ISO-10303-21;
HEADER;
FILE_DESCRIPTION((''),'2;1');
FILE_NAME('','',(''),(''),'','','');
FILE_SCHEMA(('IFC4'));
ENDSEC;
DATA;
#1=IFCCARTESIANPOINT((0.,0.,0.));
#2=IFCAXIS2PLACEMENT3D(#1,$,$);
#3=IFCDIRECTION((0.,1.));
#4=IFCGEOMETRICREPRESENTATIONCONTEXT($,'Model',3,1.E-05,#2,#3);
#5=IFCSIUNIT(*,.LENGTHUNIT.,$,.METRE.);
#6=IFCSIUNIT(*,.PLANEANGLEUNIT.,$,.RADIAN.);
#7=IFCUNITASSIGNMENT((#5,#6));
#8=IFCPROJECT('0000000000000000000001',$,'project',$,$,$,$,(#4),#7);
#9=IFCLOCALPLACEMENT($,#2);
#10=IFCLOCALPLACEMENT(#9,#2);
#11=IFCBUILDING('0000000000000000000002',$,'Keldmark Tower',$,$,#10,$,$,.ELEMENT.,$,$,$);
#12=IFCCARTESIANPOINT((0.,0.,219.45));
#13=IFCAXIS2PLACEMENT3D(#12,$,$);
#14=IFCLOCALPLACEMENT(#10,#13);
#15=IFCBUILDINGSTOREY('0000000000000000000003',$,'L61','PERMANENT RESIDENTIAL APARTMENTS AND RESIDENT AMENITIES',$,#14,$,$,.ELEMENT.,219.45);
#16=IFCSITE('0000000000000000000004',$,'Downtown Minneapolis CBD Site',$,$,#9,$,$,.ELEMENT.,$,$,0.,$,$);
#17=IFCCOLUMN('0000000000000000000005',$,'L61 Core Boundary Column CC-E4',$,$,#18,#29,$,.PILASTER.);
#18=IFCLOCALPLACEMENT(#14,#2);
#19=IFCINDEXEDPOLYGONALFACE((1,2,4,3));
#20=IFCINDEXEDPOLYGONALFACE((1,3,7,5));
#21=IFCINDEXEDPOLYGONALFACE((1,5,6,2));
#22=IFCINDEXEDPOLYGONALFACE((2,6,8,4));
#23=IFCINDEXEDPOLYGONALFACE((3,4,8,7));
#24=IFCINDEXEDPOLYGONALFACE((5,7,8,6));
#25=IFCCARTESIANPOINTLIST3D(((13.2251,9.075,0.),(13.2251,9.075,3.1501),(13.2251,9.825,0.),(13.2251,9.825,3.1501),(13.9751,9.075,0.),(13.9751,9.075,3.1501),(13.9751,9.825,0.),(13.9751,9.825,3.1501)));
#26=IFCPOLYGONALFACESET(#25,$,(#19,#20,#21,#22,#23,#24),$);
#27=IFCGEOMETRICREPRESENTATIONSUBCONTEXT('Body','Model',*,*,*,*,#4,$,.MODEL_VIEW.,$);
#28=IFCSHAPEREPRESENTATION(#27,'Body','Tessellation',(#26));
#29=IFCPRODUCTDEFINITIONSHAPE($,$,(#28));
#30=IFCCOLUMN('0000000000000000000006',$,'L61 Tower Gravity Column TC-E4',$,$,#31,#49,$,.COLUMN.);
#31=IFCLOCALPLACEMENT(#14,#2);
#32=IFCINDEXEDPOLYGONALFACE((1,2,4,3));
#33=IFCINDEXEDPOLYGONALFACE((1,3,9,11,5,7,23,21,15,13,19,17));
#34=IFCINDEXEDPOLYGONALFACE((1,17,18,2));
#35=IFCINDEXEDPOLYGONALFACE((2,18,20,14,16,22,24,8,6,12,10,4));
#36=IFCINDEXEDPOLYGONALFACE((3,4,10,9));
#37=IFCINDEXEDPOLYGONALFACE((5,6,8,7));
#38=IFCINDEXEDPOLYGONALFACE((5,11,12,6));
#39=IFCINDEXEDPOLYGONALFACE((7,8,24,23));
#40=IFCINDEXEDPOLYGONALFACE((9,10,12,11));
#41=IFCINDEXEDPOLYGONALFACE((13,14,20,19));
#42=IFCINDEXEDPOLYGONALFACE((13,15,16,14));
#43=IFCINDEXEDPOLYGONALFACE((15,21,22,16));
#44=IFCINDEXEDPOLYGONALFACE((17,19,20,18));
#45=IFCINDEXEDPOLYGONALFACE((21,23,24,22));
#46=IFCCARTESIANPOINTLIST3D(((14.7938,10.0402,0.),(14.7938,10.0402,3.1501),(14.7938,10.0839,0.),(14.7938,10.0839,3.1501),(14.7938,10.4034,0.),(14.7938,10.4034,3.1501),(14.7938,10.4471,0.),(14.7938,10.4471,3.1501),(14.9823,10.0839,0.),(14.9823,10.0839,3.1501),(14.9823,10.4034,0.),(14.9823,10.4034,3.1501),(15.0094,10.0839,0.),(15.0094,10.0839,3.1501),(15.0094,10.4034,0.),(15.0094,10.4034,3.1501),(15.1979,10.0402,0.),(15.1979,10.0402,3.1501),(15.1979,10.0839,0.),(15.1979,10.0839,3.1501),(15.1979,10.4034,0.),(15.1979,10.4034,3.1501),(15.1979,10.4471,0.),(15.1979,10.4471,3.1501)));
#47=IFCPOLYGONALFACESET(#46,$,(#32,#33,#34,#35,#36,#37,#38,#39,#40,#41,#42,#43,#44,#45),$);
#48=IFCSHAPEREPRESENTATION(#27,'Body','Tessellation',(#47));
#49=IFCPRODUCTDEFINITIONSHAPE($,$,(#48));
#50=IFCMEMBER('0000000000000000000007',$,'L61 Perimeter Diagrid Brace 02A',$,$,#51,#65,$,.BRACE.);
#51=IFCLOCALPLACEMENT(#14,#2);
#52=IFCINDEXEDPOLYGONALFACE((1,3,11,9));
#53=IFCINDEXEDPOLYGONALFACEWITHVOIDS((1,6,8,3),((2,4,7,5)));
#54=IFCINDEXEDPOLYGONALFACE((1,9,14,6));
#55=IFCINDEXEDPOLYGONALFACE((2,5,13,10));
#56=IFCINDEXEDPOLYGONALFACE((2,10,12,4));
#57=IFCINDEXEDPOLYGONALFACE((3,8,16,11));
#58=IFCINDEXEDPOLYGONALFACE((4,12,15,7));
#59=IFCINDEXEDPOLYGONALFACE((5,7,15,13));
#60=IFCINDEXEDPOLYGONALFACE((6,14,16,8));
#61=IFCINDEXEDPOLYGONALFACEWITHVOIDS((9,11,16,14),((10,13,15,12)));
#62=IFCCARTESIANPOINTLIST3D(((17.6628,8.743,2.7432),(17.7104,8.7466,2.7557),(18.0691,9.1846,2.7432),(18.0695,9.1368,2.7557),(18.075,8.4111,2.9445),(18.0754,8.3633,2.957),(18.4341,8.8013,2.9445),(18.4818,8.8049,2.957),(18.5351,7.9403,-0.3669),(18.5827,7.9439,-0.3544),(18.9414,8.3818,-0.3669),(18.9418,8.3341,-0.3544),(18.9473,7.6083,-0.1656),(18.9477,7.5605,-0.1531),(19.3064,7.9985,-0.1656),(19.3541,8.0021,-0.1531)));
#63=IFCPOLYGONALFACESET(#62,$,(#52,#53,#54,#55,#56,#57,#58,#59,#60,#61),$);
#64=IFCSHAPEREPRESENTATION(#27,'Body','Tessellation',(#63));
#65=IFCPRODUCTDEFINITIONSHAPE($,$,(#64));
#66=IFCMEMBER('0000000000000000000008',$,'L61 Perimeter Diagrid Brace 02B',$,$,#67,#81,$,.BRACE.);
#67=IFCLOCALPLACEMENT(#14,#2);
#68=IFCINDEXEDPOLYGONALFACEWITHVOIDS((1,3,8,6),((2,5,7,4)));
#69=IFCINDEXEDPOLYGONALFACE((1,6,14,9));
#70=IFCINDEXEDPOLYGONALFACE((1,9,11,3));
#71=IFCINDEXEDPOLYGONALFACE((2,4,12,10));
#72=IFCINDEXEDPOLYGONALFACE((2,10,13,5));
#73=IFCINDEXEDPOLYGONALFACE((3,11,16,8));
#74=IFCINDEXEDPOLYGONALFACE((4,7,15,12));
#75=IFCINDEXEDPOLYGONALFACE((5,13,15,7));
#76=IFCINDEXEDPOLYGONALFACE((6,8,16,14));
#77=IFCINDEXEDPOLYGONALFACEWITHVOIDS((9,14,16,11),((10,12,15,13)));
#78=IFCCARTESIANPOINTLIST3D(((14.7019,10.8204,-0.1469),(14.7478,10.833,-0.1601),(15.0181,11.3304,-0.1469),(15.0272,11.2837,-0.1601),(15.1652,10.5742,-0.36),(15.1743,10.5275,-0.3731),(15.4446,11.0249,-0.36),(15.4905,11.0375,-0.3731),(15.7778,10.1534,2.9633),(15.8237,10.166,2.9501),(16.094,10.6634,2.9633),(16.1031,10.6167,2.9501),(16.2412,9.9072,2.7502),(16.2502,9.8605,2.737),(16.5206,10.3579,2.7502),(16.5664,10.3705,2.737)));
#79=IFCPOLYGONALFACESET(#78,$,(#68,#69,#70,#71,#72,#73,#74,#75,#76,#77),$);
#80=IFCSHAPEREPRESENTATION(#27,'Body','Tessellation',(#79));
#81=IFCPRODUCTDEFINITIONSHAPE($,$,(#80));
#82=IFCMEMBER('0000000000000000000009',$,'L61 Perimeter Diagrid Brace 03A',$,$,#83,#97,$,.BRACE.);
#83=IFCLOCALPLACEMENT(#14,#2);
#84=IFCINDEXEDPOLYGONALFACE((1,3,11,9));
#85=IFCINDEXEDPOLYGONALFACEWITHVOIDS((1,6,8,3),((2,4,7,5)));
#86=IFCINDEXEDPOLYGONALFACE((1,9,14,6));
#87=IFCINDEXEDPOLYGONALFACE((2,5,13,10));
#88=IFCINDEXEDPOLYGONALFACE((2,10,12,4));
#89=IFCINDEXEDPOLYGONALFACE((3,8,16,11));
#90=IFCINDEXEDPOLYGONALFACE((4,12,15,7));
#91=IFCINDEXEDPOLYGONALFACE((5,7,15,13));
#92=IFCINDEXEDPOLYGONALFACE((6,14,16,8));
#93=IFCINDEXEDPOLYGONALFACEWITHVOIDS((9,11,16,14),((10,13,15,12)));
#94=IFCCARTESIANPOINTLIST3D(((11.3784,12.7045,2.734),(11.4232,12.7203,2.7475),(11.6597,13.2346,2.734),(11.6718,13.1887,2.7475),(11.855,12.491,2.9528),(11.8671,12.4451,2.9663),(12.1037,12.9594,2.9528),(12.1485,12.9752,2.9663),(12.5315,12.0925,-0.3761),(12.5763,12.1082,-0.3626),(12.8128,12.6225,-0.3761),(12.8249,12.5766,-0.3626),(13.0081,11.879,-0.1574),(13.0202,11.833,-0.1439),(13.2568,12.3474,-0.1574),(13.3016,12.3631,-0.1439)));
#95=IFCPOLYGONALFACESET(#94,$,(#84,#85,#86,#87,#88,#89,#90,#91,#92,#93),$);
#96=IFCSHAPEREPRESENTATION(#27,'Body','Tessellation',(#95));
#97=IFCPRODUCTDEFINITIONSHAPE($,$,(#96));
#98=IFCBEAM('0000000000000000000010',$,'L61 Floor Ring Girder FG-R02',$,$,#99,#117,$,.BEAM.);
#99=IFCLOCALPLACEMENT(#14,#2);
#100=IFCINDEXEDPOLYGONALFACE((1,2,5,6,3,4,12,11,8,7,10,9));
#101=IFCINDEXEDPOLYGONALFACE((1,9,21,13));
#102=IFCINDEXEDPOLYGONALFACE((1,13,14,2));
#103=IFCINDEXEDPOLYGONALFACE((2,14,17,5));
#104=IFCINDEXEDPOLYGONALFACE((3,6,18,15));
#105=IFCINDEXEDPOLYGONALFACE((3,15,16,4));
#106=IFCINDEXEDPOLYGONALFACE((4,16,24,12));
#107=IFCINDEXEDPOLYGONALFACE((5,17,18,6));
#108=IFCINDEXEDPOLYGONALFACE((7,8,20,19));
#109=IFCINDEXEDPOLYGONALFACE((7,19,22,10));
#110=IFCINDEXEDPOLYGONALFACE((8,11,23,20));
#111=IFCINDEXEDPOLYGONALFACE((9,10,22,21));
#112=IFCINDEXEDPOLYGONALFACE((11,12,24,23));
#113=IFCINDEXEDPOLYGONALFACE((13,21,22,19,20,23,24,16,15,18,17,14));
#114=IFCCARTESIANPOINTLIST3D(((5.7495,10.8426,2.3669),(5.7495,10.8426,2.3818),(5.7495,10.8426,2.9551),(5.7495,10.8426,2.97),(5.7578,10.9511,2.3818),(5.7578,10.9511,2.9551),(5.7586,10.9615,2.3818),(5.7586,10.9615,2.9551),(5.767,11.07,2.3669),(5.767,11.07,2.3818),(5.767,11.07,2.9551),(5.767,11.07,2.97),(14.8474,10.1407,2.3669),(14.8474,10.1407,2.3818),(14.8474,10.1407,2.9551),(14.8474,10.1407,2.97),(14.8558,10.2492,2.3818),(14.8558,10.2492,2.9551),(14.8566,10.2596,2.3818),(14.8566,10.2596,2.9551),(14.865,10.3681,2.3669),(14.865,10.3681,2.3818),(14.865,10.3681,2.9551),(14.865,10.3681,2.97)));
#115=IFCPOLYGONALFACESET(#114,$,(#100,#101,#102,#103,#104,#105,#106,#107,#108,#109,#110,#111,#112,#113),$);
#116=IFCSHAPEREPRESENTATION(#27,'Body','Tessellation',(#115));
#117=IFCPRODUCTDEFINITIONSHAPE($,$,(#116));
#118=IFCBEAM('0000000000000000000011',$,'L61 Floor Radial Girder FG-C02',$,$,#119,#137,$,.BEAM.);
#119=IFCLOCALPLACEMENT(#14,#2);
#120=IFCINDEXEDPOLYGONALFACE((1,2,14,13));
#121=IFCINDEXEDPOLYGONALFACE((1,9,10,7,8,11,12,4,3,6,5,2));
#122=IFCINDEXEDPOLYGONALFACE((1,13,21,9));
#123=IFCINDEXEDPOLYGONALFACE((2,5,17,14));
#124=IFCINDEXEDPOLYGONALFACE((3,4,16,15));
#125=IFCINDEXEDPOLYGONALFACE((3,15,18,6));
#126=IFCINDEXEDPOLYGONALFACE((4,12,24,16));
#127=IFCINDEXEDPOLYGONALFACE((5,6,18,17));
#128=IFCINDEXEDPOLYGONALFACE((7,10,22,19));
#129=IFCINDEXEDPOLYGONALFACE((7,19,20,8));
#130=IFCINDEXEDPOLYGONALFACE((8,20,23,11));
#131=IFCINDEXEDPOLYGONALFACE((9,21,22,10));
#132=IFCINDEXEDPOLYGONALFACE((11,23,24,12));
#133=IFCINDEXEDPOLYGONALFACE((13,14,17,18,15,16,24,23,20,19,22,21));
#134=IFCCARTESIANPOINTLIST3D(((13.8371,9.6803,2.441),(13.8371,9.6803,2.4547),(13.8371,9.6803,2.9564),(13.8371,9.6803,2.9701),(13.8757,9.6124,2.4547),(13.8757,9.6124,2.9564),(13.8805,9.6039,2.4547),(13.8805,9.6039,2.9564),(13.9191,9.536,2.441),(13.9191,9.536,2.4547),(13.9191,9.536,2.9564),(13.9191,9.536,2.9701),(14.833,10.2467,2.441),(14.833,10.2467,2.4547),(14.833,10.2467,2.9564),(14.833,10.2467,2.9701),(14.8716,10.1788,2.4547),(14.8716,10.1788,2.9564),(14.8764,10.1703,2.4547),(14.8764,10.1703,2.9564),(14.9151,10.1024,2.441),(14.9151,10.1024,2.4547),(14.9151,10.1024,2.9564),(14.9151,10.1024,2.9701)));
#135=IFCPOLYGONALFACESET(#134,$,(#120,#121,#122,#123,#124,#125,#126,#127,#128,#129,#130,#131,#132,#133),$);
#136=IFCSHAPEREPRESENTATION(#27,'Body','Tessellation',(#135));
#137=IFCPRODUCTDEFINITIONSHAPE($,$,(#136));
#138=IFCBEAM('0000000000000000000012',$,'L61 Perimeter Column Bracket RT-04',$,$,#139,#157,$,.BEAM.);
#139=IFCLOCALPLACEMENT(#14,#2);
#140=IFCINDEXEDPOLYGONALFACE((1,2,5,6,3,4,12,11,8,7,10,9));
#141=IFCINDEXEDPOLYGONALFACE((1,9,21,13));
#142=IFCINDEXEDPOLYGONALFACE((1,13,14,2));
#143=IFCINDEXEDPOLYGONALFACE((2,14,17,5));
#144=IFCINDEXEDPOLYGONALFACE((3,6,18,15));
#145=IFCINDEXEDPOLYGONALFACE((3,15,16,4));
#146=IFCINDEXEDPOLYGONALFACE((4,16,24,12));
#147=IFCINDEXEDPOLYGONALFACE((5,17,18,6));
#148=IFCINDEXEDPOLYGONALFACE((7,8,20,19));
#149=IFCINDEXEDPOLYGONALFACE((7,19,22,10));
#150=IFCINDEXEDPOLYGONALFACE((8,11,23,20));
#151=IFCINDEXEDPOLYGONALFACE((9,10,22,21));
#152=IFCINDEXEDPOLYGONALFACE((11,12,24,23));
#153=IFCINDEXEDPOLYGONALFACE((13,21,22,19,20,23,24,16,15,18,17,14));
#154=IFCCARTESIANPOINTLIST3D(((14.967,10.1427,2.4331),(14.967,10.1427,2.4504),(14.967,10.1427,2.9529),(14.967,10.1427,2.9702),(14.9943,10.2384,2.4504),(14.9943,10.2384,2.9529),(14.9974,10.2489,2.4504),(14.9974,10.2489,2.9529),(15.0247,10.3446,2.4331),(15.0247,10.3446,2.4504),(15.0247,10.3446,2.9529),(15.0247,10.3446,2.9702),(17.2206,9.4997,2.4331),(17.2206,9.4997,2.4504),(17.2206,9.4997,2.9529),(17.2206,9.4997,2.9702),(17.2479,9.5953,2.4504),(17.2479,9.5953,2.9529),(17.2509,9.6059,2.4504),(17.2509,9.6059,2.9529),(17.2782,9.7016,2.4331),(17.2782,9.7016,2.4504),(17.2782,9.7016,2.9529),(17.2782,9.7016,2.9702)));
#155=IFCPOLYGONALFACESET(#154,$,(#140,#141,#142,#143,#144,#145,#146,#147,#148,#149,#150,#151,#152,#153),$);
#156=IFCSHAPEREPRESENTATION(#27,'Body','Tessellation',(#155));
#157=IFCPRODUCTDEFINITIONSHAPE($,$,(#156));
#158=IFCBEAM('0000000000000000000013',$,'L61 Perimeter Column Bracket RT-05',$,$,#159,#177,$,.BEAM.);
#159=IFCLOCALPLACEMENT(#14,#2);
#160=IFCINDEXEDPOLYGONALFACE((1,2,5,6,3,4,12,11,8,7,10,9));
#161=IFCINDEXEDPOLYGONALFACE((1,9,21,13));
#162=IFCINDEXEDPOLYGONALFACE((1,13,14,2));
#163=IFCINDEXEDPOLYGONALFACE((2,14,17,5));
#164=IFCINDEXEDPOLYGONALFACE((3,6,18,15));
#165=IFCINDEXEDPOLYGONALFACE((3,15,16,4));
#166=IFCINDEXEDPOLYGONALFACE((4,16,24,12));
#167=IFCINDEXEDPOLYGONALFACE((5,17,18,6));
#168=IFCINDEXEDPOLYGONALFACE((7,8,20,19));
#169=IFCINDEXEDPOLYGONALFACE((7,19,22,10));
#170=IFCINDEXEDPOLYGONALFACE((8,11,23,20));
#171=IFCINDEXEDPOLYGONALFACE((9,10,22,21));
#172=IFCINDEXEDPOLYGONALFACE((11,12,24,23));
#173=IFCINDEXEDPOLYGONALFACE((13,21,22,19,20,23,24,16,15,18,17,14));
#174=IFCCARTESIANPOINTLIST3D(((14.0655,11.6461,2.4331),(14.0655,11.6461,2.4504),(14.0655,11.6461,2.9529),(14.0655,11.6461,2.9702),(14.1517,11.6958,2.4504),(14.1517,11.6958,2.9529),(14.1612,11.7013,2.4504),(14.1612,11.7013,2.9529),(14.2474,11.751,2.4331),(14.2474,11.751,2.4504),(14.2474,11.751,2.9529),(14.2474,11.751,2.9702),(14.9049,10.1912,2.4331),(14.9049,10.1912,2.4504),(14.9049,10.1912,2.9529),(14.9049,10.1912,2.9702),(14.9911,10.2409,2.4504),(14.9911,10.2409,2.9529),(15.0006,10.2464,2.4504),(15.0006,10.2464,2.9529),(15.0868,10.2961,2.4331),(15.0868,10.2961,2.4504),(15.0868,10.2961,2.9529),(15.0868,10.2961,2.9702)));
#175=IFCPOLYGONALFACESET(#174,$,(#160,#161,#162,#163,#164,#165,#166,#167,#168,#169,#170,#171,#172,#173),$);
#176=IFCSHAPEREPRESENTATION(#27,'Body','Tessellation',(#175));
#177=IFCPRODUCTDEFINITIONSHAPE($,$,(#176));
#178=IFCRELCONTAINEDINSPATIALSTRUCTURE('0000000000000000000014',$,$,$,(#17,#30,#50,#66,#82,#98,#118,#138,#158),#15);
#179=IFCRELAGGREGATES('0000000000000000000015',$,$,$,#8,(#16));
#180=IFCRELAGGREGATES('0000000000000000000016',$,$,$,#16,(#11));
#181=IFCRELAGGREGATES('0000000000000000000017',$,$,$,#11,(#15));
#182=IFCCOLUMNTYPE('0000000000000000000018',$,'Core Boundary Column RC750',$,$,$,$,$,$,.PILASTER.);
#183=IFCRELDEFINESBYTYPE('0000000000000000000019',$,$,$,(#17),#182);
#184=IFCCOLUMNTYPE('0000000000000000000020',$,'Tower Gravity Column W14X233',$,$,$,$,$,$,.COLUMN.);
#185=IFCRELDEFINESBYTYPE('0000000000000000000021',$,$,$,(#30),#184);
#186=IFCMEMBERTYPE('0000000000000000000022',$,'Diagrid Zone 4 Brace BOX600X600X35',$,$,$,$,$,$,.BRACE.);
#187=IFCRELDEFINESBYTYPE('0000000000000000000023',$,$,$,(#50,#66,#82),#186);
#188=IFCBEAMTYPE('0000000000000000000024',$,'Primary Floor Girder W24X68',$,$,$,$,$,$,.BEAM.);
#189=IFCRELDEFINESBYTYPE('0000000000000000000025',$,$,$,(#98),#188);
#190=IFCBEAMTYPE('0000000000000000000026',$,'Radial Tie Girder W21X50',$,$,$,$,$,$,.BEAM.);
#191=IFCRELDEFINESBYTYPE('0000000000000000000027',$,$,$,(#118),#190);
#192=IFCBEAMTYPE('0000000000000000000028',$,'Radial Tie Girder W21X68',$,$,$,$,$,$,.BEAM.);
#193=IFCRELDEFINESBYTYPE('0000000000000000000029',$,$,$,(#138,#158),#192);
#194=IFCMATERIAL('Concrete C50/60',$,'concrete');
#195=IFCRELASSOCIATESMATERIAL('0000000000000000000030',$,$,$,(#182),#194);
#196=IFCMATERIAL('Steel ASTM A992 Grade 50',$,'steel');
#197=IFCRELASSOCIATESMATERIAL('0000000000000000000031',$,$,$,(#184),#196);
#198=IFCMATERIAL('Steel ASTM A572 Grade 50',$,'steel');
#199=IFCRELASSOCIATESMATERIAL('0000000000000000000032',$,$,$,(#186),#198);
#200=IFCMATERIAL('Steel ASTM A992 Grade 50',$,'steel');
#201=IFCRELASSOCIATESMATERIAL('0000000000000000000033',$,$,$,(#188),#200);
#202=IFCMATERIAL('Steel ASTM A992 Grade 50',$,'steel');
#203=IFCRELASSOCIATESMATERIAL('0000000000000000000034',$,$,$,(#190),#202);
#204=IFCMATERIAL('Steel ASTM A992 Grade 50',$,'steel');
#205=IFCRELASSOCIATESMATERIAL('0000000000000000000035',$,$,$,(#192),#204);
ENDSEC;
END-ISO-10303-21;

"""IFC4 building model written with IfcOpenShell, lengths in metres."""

from ifc_helpers import new_model, si_unit, direction, frame, origin, origin_2d, place, context, subcontext, project, spatial, rectangle, hollow_rectangle, i_section, extrude, material, material_profile, profile_set, type_object, element, save


model = new_model("IFC4")

# Units and contexts
model_context = context("Model", 3, precision=1e-05, world=origin(), true_north=direction((0.0, 1.0)))
body_context = subcontext(model_context, "Body", "Model", "MODEL_VIEW")
ifc_project = project(units=[si_unit("LENGTHUNIT", "METRE"), si_unit("PLANEANGLEUNIT", "RADIAN")], contexts=[model_context])

# Site, building, storey
site_placement = place(None, origin())
site = spatial("IfcSite", under=ifc_project, at=site_placement, Name="Downtown Minneapolis CBD Site", CompositionType="ELEMENT", RefElevation=0.0)
building_placement = place(site_placement, origin())
building = spatial("IfcBuilding", under=site, at=building_placement, Name="Keldmark Tower", CompositionType="ELEMENT")
storey_placement = place(building_placement, frame((0.0, 0.0, 219.45)))
storey = spatial("IfcBuildingStorey", under=building, at=storey_placement, Name="L61", Description="PERMANENT RESIDENTIAL APARTMENTS AND RESIDENT AMENITIES", CompositionType="ELEMENT", Elevation=219.45)

# Columns
ifc_material_1 = material(Name="Concrete C50/60", Category="concrete")
ifc_material_profile_1 = material_profile(ifc_material_1, rectangle(XDim=0.75, YDim=0.75, at=origin_2d()), Name="RC750X750")
ifc_profile_set_1 = profile_set([ifc_material_profile_1], Name="Concrete C50/60")
column_type_1 = type_object("IfcColumnType", Name="Core Boundary Column RC750", PredefinedType="PILASTER", material=ifc_profile_set_1)
column_1_placement = place(storey_placement, frame((13.6001, 9.45, 0.0), z_axis=(0.0, 0.0, 1.0), x_axis=(1.0, 0.0, 0.0)))
element("IfcColumn", 1, at=column_1_placement, inside=storey, type_object=column_type_1, Name="L61 Core Boundary Column CC-E4", PredefinedType="PILASTER", context=body_context, shape_type="SweptSolid", body=[
    extrude(rectangle(XDim=0.75, YDim=0.75, at=origin_2d()), origin(), (0.0, 0.0, 1.0), 3.1501),
])
ifc_material_2 = material(Name="Steel ASTM A992 Grade 50", Category="steel")
ifc_material_profile_2 = material_profile(ifc_material_2, i_section(OverallWidth=0.4041, OverallDepth=0.407, WebThickness=0.0271, FlangeThickness=0.0437, at=origin_2d()), Name="W14X233")
ifc_profile_set_2 = profile_set([ifc_material_profile_2], Name="Steel ASTM A992 Grade 50")
column_type_2 = type_object("IfcColumnType", Name="Tower Gravity Column W14X233", PredefinedType="COLUMN", material=ifc_profile_set_2)
column_2_placement = place(storey_placement, frame((14.9958, 10.2437, 0.0), z_axis=(0.0, 0.0, 1.0), x_axis=(1.0, 0.0, 0.0)))
element("IfcColumn", 2, at=column_2_placement, inside=storey, type_object=column_type_2, Name="L61 Tower Gravity Column TC-E4", PredefinedType="COLUMN", context=body_context, shape_type="SweptSolid", body=[
    extrude(i_section(OverallWidth=0.4041, OverallDepth=0.407, WebThickness=0.0271, FlangeThickness=0.0437, at=origin_2d()), origin(), (0.0, 0.0, 1.0), 3.1501),
])

# Members
ifc_material_3 = material(Name="Steel ASTM A572 Grade 50", Category="steel")
ifc_material_profile_3 = material_profile(ifc_material_3, hollow_rectangle(XDim=0.6001, YDim=0.6001, WallThickness=0.0349, at=origin_2d()), Name="BOX600X600X35")
ifc_profile_set_3 = profile_set([ifc_material_profile_3], Name="Steel ASTM A572 Grade 50")
member_type = type_object("IfcMemberType", Name="Diagrid Zone 4 Brace BOX600X600X35", PredefinedType="BRACE", material=ifc_profile_set_3)
member_1_placement = place(storey_placement, frame((18.9446, 7.9712, -0.26), z_axis=(-0.262084, 0.241179, 0.934422), x_axis=(-0.67715, -0.735845, 0.0)))
element("IfcMember", 3, at=member_1_placement, inside=storey, type_object=member_type, Name="L61 Perimeter Diagrid Brace 02A", PredefinedType="BRACE", context=body_context, shape_type="SweptSolid", body=[
    extrude(hollow_rectangle(XDim=0.6001, YDim=0.6001, WallThickness=0.0349, at=origin_2d()), origin(), (0.0, 0.0, 1.0), 3.3284),
])
member_2_placement = place(storey_placement, frame((15.0962, 10.929, -0.26), z_axis=(0.32042, -0.198636, 0.926215), x_axis=(0.526892, 0.849932, 0.0)))
element("IfcMember", 4, at=member_2_placement, inside=storey, type_object=member_type, Name="L61 Perimeter Diagrid Brace 02B", PredefinedType="BRACE", context=body_context, shape_type="SweptSolid", body=[
    extrude(hollow_rectangle(XDim=0.6001, YDim=0.6001, WallThickness=0.0349, at=origin_2d()), origin(), (0.0, 0.0, 1.0), 3.3579),
])
member_3_placement = place(storey_placement, frame((12.9165, 12.2278, -0.26), z_axis=(-0.341857, 0.18146, 0.922066), x_axis=(-0.46885, -0.883278, 0.0)))
element("IfcMember", 5, at=member_3_placement, inside=storey, type_object=member_type, Name="L61 Perimeter Diagrid Brace 03A", PredefinedType="BRACE", context=body_context, shape_type="SweptSolid", body=[
    extrude(hollow_rectangle(XDim=0.6001, YDim=0.6001, WallThickness=0.0349, at=origin_2d()), origin(), (0.0, 0.0, 1.0), 3.373),
])

# Beams
ifc_material_4 = material(Name="Steel ASTM A992 Grade 50", Category="steel")
ifc_material_profile_4 = material_profile(ifc_material_4, i_section(OverallWidth=0.228, OverallDepth=0.603, WebThickness=0.0105, FlangeThickness=0.0149, at=origin_2d()), Name="W24X68")
ifc_profile_set_4 = profile_set([ifc_material_profile_4], Name="Steel ASTM A992 Grade 50")
beam_type_1 = type_object("IfcBeamType", Name="Primary Floor Girder W24X68", PredefinedType="BEAM", material=ifc_profile_set_4)
beam_1_placement = place(storey_placement, frame((14.8562, 10.2544, 2.6685), z_axis=(-0.997037, 0.076922, 0.0), x_axis=(-0.076922, -0.997037, 0.0)))
element("IfcBeam", 6, at=beam_1_placement, inside=storey, type_object=beam_type_1, Name="L61 Floor Ring Girder FG-R02", PredefinedType="BEAM", context=body_context, shape_type="SweptSolid", body=[
    extrude(i_section(OverallWidth=0.228, OverallDepth=0.603, WebThickness=0.0105, FlangeThickness=0.0149, at=origin_2d()), origin(), (0.0, 0.0, 1.0), 9.125),
])
ifc_material_5 = material(Name="Steel ASTM A992 Grade 50", Category="steel")
ifc_material_profile_5 = material_profile(ifc_material_5, i_section(OverallWidth=0.166, OverallDepth=0.5291, WebThickness=0.0098, FlangeThickness=0.0137, at=origin_2d()), Name="W21X50")
ifc_profile_set_5 = profile_set([ifc_material_profile_5], Name="Steel ASTM A992 Grade 50")
beam_type_2 = type_object("IfcBeamType", Name="Radial Tie Girder W21X50", PredefinedType="BEAM", material=ifc_profile_set_5)
beam_2_placement = place(storey_placement, frame((14.874, 10.1746, 2.7056), z_axis=(-0.869238, -0.494394, 0.0), x_axis=(0.494394, -0.869238, 0.0)))
element("IfcBeam", 7, at=beam_2_placement, inside=storey, type_object=beam_type_2, Name="L61 Floor Radial Girder FG-C02", PredefinedType="BEAM", context=body_context, shape_type="SweptSolid", body=[
    extrude(i_section(OverallWidth=0.166, OverallDepth=0.5291, WebThickness=0.0098, FlangeThickness=0.0137, at=origin_2d()), origin(), (0.0, 0.0, 1.0), 1.1458),
])
ifc_material_6 = material(Name="Steel ASTM A992 Grade 50", Category="steel")
ifc_material_profile_6 = material_profile(ifc_material_6, i_section(OverallWidth=0.21, OverallDepth=0.5371, WebThickness=0.011, FlangeThickness=0.0173, at=origin_2d()), Name="W21X68")
ifc_profile_set_6 = profile_set([ifc_material_profile_6], Name="Steel ASTM A992 Grade 50")
beam_type_3 = type_object("IfcBeamType", Name="Radial Tie Girder W21X68", PredefinedType="BEAM", material=ifc_profile_set_6)
beam_3_placement = place(storey_placement, frame((14.9958, 10.2437, 2.7017), z_axis=(0.961618, -0.274391, 0.0), x_axis=(0.274391, 0.961618, 0.0)))
element("IfcBeam", 8, at=beam_3_placement, inside=storey, type_object=beam_type_3, Name="L61 Perimeter Column Bracket RT-04", PredefinedType="BEAM", context=body_context, shape_type="SweptSolid", body=[
    extrude(i_section(OverallWidth=0.21, OverallDepth=0.5371, WebThickness=0.011, FlangeThickness=0.0173, at=origin_2d()), origin(), (0.0, 0.0, 1.0), 2.3435),
])
beam_4_placement = place(storey_placement, frame((14.9958, 10.2437, 2.7017), z_axis=(-0.499735, 0.866178, 0.0), x_axis=(-0.866178, -0.499735, 0.0)))
element("IfcBeam", 9, at=beam_4_placement, inside=storey, type_object=beam_type_3, Name="L61 Perimeter Column Bracket RT-05", PredefinedType="BEAM", context=body_context, shape_type="SweptSolid", body=[
    extrude(i_section(OverallWidth=0.21, OverallDepth=0.5371, WebThickness=0.011, FlangeThickness=0.0173, at=origin_2d()), origin(), (0.0, 0.0, 1.0), 1.6797),
])

save(model, "model.ifc")
